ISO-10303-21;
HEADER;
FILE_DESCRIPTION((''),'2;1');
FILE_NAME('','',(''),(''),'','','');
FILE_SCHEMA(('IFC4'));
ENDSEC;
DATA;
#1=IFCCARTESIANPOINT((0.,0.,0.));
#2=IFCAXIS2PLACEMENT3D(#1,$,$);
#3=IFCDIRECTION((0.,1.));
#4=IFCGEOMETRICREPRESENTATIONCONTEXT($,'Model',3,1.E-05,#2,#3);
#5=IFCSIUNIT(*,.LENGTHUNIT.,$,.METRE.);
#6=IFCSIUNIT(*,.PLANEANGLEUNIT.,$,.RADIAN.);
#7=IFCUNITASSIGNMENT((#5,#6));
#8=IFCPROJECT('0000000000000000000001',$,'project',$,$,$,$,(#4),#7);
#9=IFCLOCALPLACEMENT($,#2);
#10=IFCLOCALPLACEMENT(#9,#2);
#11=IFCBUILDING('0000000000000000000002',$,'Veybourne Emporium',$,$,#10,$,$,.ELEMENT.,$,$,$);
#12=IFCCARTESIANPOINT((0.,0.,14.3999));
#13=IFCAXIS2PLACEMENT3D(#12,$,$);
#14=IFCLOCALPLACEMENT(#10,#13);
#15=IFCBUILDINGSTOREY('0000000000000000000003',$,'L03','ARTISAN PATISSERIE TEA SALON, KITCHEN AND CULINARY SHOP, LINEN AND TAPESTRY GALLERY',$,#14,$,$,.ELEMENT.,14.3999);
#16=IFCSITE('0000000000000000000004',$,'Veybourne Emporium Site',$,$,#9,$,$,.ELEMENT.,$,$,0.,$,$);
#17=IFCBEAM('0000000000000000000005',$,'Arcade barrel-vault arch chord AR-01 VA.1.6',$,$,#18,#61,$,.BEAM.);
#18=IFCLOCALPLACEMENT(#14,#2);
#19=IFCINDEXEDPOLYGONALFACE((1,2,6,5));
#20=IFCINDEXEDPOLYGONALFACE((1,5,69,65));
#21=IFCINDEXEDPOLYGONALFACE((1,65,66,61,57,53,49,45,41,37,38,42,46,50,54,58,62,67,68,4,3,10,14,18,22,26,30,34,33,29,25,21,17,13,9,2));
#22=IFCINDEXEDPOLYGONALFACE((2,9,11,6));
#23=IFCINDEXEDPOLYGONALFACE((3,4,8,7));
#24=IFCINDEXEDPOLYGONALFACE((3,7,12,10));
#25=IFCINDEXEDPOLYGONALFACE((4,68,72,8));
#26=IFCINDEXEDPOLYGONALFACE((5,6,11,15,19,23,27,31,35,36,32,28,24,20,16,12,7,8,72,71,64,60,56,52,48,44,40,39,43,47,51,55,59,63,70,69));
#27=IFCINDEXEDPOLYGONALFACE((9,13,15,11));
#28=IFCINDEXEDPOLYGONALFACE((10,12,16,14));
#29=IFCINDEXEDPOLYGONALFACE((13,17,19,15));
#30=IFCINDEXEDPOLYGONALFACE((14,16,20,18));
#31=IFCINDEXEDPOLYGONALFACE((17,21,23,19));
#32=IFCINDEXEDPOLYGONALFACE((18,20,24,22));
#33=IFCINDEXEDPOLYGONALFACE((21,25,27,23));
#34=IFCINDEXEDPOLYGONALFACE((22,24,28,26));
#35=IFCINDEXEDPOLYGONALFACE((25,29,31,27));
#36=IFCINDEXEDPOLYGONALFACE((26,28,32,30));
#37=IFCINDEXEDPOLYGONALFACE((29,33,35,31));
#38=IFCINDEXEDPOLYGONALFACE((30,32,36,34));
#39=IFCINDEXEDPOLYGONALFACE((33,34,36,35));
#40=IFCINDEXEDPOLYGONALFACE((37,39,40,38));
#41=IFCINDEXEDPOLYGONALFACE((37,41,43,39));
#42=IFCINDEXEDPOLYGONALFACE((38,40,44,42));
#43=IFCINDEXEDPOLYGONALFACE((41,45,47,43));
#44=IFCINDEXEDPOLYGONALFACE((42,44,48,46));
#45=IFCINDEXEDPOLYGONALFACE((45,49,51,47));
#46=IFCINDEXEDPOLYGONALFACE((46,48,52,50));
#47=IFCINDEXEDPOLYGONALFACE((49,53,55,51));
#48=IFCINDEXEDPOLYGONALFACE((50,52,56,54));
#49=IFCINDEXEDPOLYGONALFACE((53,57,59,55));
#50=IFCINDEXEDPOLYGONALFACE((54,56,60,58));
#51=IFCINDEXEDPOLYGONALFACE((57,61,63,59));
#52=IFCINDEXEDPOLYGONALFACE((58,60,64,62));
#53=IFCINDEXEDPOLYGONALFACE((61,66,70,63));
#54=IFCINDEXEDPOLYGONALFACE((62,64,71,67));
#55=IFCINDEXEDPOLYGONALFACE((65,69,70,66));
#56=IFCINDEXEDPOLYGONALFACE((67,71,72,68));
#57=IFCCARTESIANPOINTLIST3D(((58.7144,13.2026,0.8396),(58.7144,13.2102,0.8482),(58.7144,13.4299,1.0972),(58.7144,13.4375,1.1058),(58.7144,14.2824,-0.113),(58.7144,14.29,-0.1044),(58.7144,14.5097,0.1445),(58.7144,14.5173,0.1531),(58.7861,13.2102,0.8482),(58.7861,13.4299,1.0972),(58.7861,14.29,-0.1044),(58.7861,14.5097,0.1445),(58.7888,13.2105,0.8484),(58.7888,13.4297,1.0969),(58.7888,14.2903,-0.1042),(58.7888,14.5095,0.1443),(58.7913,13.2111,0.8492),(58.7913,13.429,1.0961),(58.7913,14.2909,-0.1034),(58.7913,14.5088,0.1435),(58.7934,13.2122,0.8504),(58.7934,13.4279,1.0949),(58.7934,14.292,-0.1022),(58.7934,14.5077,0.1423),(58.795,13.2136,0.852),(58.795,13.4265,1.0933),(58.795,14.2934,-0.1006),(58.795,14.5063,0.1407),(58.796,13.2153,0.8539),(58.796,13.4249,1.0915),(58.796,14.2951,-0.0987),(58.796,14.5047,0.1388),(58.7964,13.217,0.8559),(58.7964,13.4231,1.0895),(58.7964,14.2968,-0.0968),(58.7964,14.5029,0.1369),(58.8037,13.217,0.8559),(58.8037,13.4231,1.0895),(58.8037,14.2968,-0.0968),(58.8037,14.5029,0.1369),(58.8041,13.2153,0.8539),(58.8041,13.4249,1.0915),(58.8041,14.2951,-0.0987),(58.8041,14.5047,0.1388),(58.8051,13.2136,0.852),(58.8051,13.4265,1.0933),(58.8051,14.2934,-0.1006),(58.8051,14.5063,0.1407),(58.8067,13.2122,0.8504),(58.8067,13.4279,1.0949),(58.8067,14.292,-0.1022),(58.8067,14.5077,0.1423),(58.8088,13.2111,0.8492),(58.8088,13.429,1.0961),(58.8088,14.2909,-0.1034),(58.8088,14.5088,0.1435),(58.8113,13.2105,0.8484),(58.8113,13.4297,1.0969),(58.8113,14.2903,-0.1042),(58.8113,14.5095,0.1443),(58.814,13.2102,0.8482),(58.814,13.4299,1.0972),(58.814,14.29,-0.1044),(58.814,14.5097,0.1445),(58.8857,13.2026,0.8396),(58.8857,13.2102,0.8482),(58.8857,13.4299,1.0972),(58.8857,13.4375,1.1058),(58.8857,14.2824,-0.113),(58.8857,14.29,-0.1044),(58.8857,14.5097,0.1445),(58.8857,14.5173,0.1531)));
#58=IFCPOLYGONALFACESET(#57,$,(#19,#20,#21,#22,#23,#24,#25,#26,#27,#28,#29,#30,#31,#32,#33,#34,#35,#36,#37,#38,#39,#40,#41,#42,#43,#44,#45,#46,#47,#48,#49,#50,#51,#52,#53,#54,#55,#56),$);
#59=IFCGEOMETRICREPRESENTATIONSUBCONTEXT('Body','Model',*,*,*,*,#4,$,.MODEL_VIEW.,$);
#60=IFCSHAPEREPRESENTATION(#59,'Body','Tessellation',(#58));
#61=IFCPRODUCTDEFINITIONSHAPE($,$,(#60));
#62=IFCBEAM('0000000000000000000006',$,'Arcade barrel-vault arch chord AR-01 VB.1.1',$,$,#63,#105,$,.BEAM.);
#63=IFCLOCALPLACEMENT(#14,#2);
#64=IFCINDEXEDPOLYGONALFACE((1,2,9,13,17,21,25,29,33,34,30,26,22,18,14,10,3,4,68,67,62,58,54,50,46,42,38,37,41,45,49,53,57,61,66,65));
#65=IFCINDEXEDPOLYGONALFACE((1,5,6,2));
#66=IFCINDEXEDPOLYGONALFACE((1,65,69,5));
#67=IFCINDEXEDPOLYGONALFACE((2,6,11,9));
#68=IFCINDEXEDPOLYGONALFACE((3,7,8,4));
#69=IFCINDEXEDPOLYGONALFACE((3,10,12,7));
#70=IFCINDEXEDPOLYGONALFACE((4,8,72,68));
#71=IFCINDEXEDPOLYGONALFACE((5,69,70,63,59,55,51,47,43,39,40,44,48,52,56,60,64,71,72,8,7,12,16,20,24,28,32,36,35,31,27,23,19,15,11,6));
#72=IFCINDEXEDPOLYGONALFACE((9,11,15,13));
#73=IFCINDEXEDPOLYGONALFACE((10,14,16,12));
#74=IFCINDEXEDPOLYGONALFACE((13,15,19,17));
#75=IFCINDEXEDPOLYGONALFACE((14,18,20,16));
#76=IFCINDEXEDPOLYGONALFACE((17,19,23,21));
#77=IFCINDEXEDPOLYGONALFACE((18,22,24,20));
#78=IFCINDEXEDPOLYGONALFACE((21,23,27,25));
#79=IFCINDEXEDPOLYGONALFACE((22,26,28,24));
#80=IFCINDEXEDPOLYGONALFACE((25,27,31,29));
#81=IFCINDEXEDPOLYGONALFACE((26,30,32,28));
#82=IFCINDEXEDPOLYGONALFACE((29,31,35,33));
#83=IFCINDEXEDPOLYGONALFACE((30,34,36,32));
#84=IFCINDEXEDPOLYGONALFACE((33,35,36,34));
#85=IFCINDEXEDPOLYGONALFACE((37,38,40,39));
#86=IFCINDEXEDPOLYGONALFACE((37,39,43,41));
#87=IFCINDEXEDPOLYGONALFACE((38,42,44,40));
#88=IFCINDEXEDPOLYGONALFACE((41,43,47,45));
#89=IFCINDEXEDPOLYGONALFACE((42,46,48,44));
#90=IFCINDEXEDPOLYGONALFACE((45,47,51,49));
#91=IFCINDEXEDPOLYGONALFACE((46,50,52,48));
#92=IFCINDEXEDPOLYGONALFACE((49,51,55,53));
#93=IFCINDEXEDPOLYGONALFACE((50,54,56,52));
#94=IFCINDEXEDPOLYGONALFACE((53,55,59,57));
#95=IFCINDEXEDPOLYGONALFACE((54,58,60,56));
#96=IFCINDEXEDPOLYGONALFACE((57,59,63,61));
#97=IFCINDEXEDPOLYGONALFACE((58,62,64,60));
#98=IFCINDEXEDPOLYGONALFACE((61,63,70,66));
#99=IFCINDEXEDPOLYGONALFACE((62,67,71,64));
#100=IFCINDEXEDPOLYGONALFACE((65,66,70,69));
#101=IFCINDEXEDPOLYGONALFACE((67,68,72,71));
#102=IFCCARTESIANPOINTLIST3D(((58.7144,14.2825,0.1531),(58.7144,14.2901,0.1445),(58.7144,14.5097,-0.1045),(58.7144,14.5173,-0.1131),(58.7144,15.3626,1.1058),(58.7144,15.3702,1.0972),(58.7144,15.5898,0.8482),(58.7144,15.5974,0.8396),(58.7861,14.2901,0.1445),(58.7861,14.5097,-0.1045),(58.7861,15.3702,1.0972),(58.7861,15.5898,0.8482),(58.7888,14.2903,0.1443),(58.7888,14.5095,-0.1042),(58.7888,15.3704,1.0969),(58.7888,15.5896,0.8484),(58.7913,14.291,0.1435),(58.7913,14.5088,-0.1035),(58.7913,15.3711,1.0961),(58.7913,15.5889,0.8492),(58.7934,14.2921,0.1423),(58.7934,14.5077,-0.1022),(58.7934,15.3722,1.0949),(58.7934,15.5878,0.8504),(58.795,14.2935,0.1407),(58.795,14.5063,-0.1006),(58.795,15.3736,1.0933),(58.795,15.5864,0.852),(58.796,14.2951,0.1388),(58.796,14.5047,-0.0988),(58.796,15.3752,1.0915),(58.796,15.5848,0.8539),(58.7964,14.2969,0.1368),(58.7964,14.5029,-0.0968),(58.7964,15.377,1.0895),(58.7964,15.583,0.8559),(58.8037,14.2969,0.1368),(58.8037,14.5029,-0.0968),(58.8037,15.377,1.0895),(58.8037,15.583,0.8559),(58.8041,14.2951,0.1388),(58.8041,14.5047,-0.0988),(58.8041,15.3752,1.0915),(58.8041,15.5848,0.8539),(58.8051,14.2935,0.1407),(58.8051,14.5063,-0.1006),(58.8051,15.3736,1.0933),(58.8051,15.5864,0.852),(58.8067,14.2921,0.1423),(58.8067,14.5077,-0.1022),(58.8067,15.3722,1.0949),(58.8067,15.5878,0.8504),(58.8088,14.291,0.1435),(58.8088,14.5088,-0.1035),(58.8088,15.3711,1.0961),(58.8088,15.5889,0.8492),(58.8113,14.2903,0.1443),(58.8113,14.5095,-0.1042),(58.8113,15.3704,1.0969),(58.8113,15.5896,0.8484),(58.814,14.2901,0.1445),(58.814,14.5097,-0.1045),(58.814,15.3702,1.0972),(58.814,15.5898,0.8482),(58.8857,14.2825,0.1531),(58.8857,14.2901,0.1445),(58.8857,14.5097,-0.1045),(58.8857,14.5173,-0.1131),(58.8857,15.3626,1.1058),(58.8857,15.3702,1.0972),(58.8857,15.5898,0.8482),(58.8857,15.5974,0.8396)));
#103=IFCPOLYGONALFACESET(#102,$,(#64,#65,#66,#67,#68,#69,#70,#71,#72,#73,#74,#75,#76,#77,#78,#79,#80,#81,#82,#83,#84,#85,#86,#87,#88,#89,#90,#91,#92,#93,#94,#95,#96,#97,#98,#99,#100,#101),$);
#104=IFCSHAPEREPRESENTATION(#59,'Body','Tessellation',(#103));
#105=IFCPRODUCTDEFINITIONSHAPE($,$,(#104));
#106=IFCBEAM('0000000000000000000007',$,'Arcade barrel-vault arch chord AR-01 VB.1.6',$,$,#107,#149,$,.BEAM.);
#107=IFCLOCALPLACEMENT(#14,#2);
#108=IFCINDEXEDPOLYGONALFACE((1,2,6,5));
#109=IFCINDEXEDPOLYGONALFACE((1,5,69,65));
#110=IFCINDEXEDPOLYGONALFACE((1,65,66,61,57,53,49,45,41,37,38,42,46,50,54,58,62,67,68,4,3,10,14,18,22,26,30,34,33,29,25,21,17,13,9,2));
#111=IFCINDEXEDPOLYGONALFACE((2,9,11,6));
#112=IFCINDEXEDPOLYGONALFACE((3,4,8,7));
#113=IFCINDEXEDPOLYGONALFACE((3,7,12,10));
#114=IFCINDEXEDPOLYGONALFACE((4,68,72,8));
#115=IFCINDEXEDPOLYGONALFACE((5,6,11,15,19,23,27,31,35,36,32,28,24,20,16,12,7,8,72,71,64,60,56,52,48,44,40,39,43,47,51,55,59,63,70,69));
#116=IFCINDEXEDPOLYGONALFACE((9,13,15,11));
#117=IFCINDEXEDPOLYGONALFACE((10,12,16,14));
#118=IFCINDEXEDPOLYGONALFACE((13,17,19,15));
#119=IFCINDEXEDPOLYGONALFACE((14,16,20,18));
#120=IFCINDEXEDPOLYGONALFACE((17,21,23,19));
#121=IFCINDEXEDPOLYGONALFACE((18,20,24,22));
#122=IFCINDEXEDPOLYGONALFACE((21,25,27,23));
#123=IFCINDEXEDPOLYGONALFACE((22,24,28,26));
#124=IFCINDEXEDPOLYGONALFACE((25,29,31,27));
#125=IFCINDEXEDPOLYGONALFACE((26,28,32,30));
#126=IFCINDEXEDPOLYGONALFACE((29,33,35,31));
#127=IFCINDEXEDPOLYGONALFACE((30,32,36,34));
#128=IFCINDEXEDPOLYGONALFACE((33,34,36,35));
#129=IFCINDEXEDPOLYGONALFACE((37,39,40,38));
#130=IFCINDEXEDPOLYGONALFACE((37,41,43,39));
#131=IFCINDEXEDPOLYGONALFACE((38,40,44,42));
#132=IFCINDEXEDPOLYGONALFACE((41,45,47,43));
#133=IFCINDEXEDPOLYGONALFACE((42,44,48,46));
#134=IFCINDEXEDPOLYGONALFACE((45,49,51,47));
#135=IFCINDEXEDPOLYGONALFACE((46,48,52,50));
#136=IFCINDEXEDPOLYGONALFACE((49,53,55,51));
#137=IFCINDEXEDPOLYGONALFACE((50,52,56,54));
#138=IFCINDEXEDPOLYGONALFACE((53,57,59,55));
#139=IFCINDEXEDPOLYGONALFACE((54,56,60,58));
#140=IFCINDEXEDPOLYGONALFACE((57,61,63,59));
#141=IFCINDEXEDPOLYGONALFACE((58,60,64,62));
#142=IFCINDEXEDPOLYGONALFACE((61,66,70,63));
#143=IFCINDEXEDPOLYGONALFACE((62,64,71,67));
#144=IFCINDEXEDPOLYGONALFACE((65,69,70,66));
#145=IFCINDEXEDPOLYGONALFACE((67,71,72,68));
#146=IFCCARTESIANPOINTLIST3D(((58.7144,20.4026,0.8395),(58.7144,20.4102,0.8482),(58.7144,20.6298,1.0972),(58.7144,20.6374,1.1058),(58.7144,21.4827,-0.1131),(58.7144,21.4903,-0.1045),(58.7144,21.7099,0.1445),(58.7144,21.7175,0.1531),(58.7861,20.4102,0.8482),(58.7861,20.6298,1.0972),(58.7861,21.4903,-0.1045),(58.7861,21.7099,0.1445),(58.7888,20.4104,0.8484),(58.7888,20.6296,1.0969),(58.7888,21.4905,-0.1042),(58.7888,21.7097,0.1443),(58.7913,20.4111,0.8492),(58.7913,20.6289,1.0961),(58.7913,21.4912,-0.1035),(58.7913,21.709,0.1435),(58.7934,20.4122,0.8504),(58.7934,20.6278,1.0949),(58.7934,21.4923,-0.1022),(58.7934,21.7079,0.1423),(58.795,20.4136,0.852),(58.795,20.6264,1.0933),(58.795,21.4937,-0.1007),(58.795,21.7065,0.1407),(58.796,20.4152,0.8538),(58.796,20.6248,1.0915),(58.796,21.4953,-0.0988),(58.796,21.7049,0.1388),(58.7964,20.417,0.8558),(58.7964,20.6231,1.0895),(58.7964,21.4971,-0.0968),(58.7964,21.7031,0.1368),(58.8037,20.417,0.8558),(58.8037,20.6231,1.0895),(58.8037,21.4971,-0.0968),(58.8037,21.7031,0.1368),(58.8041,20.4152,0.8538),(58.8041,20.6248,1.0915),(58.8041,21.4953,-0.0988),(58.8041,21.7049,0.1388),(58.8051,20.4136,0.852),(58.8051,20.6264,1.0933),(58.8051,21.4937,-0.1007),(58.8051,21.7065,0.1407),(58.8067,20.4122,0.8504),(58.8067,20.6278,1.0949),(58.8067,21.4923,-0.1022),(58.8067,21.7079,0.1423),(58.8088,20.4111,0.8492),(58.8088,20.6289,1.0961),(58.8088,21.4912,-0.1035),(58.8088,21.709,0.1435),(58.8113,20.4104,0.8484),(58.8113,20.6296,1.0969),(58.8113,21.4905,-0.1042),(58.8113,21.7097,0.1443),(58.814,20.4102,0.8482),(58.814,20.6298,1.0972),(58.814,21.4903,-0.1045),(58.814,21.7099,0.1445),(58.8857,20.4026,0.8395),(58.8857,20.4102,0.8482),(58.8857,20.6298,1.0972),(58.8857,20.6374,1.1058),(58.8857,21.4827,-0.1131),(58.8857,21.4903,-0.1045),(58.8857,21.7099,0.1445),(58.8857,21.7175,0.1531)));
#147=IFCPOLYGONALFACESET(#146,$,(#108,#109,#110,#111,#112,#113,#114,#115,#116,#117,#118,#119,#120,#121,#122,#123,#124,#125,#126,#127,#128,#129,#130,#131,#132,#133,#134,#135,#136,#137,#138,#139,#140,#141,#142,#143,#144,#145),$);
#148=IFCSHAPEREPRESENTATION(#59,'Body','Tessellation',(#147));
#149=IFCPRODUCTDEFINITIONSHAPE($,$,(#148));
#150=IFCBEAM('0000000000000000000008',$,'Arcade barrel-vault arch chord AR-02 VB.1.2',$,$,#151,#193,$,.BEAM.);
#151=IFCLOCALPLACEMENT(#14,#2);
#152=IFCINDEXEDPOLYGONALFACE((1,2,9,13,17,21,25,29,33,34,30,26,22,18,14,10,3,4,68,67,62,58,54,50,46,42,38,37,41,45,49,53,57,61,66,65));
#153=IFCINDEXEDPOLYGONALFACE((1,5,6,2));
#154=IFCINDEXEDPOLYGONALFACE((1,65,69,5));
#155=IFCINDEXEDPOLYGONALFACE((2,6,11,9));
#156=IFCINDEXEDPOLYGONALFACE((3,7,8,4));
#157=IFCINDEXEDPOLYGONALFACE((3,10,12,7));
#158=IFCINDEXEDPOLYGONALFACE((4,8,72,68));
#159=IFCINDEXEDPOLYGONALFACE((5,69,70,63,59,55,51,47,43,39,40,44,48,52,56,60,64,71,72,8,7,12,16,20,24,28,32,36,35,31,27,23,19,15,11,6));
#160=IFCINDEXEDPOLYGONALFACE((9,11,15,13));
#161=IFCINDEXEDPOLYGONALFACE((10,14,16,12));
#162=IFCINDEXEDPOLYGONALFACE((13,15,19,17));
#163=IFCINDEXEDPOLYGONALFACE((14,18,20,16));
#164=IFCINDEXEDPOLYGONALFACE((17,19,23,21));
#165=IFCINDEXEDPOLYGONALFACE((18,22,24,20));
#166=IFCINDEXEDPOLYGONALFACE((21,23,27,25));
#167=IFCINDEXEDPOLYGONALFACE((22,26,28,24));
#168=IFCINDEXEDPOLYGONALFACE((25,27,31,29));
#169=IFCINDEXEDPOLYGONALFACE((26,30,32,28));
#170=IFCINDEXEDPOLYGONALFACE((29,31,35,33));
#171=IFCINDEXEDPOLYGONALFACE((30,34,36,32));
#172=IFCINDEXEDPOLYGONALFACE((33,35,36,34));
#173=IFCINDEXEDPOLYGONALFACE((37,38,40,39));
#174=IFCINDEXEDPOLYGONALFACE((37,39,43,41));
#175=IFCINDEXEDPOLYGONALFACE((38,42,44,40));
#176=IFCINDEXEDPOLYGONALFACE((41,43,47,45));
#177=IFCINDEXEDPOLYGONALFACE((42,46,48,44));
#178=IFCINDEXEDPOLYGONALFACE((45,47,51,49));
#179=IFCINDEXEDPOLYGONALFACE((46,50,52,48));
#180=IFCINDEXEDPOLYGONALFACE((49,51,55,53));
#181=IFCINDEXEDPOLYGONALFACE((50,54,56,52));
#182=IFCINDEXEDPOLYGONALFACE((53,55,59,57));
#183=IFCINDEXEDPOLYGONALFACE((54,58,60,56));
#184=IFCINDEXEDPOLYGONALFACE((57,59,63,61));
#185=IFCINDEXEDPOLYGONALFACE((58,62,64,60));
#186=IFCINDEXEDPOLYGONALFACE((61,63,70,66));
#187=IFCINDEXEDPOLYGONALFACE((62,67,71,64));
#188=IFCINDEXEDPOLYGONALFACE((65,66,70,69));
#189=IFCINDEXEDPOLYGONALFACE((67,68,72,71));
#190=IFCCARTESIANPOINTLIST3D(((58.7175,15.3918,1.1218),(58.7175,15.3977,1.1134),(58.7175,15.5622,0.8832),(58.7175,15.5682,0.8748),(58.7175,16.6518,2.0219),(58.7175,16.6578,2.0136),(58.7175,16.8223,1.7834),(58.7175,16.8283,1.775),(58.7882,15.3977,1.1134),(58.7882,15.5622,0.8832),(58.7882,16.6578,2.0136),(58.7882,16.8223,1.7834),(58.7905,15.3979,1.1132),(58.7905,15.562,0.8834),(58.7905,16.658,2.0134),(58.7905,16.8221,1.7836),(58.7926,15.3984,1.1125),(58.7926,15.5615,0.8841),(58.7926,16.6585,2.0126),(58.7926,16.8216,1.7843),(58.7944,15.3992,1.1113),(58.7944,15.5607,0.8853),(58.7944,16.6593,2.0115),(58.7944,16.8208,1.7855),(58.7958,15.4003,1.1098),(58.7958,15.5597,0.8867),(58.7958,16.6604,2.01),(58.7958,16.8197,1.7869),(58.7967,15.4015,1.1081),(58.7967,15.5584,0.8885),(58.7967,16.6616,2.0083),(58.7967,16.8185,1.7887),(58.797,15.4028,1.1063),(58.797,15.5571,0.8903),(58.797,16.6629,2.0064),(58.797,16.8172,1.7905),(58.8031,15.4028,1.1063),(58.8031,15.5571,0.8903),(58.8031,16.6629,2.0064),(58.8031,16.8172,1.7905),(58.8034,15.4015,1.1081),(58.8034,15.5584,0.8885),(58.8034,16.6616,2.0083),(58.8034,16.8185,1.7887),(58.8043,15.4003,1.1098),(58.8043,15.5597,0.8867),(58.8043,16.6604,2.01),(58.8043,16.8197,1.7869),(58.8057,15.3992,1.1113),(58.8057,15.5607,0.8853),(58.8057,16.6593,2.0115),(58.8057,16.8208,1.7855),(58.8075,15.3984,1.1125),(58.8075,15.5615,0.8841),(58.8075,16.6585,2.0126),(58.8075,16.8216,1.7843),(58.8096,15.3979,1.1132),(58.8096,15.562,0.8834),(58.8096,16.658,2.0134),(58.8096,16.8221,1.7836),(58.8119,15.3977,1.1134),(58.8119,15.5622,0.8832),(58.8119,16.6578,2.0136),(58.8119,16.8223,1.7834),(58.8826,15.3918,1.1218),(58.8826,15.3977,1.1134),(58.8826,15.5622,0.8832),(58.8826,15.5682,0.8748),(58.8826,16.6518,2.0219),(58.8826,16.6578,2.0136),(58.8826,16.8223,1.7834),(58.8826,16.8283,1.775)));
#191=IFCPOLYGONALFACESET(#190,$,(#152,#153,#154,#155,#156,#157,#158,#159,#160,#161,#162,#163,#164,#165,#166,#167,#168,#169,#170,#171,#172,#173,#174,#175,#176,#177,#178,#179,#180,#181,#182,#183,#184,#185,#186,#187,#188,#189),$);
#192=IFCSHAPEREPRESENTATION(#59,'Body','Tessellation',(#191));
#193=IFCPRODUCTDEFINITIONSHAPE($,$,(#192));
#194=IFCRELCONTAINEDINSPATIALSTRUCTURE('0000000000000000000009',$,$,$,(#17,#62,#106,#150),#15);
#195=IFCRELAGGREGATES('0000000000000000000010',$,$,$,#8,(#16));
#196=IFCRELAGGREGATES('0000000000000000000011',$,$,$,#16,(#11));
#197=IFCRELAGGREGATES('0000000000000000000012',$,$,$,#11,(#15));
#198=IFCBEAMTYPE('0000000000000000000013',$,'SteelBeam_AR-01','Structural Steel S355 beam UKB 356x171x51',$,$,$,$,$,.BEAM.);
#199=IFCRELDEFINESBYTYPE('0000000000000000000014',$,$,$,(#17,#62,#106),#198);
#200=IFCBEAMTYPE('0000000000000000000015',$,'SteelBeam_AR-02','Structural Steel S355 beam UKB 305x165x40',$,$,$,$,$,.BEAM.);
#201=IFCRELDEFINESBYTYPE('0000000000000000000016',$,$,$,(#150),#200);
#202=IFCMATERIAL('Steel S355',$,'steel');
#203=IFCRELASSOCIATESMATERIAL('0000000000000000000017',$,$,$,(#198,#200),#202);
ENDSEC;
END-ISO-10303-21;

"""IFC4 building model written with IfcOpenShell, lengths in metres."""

from ifc_helpers import new_model, si_unit, direction, frame, origin, origin_2d, place, context, subcontext, project, spatial, i_section, extrude, material, material_profile, profile_set, type_object, element, save


model = new_model("IFC4")

# Units and contexts
model_context = context("Model", 3, precision=1e-05, world=origin(), true_north=direction((0.0, 1.0)))
body_context = subcontext(model_context, "Body", "Model", "MODEL_VIEW")
ifc_project = project(units=[si_unit("LENGTHUNIT", "METRE"), si_unit("PLANEANGLEUNIT", "RADIAN")], contexts=[model_context])

# Site, building, storey
site_placement = place(None, origin())
site = spatial("IfcSite", under=ifc_project, at=site_placement, Name="Veybourne Emporium Site", CompositionType="ELEMENT", RefElevation=0.0)
building_placement = place(site_placement, origin())
building = spatial("IfcBuilding", under=site, at=building_placement, Name="Veybourne Emporium", CompositionType="ELEMENT")
storey_placement = place(building_placement, frame((0.0, 0.0, 14.3999)))
storey = spatial("IfcBuildingStorey", under=building, at=storey_placement, Name="L03", Description="ARTISAN PATISSERIE TEA SALON, KITCHEN AND CULINARY SHOP, LINEN AND TAPESTRY GALLERY", CompositionType="ELEMENT", Elevation=14.3999)

# Beams
ifc_material_1 = material(Name="Steel S355", Category="steel")
ifc_material_profile_1 = material_profile(ifc_material_1, i_section(OverallWidth=0.1714, OverallDepth=0.355, WebThickness=0.0073, FlangeThickness=0.0115, FilletRadius=0.0103, at=origin_2d()), Name="UKB 356x171x51")
ifc_profile_set_1 = profile_set([ifc_material_profile_1], Name="Steel S355")
beam_type_1 = type_object("IfcBeamType", Name="SteelBeam_AR-01", Description="Structural Steel S355 beam UKB 356x171x51", PredefinedType="BEAM", material=ifc_profile_set_1)
beam_1_placement = place(storey_placement, frame((58.8, 13.3201, 0.9727), z_axis=(0.0, 0.749892, -0.66156), x_axis=(-1.0, 0.0, 0.0)))
element("IfcBeam", 1, at=beam_1_placement, inside=storey, type_object=beam_type_1, Name="Arcade barrel-vault arch chord AR-01 VA.1.6", PredefinedType="BEAM", context=body_context, shape_type="SweptSolid", body=[
    extrude(i_section(OverallWidth=0.1714, OverallDepth=0.355, WebThickness=0.0073, FlangeThickness=0.0115, FilletRadius=0.0103, at=origin_2d()), origin(), (0.0, 0.0, 1.0), 1.4399),
])
for number, where, z_axis, x_axis, name in (
    (2, (58.8, 14.3999, 0.02), (0.0, 0.749966, 0.661476), (-1.0, 0.0, 0.0), "Arcade barrel-vault arch chord AR-01 VB.1.1"),
    (3, (58.8, 20.52, 0.9727), (0.0, 0.749966, -0.661476), (-1.0, 0.0, 0.0), "Arcade barrel-vault arch chord AR-01 VB.1.6"),
):
    element("IfcBeam", number, at=place(storey_placement, frame(where, z_axis=z_axis, x_axis=x_axis)), inside=storey, type_object=beam_type_1, Name=name, PredefinedType="BEAM", context=body_context, shape_type="SweptSolid", body=[
        extrude(i_section(OverallWidth=0.1714, OverallDepth=0.355, WebThickness=0.0073, FlangeThickness=0.0115, FilletRadius=0.0103, at=origin_2d()), origin(), (0.0, 0.0, 1.0), 1.4402),
    ])
ifc_material_profile_2 = material_profile(ifc_material_1, i_section(OverallWidth=0.165, OverallDepth=0.3035, WebThickness=0.0061, FlangeThickness=0.0103, FilletRadius=0.0088, at=origin_2d()), Name="UKB 305x165x40")
ifc_profile_set_2 = profile_set([ifc_material_profile_2], Name="Steel S355")
beam_type_2 = type_object("IfcBeamType", Name="SteelBeam_AR-02", Description="Structural Steel S355 beam UKB 305x165x40", PredefinedType="BEAM", material=ifc_profile_set_2)
beam_2_placement = place(storey_placement, frame((58.8, 15.48, 0.9983), z_axis=(0.0, 0.813691, 0.581298), x_axis=(-1.0, 0.0, 0.0)))
element("IfcBeam", 4, at=beam_2_placement, inside=storey, type_object=beam_type_2, Name="Arcade barrel-vault arch chord AR-02 VB.1.2", PredefinedType="BEAM", context=body_context, shape_type="SweptSolid", body=[
    extrude(i_section(OverallWidth=0.165, OverallDepth=0.3035, WebThickness=0.0061, FlangeThickness=0.0103, FilletRadius=0.0088, at=origin_2d()), origin(), (0.0, 0.0, 1.0), 1.5486),
])

save(model, "model.ifc")
